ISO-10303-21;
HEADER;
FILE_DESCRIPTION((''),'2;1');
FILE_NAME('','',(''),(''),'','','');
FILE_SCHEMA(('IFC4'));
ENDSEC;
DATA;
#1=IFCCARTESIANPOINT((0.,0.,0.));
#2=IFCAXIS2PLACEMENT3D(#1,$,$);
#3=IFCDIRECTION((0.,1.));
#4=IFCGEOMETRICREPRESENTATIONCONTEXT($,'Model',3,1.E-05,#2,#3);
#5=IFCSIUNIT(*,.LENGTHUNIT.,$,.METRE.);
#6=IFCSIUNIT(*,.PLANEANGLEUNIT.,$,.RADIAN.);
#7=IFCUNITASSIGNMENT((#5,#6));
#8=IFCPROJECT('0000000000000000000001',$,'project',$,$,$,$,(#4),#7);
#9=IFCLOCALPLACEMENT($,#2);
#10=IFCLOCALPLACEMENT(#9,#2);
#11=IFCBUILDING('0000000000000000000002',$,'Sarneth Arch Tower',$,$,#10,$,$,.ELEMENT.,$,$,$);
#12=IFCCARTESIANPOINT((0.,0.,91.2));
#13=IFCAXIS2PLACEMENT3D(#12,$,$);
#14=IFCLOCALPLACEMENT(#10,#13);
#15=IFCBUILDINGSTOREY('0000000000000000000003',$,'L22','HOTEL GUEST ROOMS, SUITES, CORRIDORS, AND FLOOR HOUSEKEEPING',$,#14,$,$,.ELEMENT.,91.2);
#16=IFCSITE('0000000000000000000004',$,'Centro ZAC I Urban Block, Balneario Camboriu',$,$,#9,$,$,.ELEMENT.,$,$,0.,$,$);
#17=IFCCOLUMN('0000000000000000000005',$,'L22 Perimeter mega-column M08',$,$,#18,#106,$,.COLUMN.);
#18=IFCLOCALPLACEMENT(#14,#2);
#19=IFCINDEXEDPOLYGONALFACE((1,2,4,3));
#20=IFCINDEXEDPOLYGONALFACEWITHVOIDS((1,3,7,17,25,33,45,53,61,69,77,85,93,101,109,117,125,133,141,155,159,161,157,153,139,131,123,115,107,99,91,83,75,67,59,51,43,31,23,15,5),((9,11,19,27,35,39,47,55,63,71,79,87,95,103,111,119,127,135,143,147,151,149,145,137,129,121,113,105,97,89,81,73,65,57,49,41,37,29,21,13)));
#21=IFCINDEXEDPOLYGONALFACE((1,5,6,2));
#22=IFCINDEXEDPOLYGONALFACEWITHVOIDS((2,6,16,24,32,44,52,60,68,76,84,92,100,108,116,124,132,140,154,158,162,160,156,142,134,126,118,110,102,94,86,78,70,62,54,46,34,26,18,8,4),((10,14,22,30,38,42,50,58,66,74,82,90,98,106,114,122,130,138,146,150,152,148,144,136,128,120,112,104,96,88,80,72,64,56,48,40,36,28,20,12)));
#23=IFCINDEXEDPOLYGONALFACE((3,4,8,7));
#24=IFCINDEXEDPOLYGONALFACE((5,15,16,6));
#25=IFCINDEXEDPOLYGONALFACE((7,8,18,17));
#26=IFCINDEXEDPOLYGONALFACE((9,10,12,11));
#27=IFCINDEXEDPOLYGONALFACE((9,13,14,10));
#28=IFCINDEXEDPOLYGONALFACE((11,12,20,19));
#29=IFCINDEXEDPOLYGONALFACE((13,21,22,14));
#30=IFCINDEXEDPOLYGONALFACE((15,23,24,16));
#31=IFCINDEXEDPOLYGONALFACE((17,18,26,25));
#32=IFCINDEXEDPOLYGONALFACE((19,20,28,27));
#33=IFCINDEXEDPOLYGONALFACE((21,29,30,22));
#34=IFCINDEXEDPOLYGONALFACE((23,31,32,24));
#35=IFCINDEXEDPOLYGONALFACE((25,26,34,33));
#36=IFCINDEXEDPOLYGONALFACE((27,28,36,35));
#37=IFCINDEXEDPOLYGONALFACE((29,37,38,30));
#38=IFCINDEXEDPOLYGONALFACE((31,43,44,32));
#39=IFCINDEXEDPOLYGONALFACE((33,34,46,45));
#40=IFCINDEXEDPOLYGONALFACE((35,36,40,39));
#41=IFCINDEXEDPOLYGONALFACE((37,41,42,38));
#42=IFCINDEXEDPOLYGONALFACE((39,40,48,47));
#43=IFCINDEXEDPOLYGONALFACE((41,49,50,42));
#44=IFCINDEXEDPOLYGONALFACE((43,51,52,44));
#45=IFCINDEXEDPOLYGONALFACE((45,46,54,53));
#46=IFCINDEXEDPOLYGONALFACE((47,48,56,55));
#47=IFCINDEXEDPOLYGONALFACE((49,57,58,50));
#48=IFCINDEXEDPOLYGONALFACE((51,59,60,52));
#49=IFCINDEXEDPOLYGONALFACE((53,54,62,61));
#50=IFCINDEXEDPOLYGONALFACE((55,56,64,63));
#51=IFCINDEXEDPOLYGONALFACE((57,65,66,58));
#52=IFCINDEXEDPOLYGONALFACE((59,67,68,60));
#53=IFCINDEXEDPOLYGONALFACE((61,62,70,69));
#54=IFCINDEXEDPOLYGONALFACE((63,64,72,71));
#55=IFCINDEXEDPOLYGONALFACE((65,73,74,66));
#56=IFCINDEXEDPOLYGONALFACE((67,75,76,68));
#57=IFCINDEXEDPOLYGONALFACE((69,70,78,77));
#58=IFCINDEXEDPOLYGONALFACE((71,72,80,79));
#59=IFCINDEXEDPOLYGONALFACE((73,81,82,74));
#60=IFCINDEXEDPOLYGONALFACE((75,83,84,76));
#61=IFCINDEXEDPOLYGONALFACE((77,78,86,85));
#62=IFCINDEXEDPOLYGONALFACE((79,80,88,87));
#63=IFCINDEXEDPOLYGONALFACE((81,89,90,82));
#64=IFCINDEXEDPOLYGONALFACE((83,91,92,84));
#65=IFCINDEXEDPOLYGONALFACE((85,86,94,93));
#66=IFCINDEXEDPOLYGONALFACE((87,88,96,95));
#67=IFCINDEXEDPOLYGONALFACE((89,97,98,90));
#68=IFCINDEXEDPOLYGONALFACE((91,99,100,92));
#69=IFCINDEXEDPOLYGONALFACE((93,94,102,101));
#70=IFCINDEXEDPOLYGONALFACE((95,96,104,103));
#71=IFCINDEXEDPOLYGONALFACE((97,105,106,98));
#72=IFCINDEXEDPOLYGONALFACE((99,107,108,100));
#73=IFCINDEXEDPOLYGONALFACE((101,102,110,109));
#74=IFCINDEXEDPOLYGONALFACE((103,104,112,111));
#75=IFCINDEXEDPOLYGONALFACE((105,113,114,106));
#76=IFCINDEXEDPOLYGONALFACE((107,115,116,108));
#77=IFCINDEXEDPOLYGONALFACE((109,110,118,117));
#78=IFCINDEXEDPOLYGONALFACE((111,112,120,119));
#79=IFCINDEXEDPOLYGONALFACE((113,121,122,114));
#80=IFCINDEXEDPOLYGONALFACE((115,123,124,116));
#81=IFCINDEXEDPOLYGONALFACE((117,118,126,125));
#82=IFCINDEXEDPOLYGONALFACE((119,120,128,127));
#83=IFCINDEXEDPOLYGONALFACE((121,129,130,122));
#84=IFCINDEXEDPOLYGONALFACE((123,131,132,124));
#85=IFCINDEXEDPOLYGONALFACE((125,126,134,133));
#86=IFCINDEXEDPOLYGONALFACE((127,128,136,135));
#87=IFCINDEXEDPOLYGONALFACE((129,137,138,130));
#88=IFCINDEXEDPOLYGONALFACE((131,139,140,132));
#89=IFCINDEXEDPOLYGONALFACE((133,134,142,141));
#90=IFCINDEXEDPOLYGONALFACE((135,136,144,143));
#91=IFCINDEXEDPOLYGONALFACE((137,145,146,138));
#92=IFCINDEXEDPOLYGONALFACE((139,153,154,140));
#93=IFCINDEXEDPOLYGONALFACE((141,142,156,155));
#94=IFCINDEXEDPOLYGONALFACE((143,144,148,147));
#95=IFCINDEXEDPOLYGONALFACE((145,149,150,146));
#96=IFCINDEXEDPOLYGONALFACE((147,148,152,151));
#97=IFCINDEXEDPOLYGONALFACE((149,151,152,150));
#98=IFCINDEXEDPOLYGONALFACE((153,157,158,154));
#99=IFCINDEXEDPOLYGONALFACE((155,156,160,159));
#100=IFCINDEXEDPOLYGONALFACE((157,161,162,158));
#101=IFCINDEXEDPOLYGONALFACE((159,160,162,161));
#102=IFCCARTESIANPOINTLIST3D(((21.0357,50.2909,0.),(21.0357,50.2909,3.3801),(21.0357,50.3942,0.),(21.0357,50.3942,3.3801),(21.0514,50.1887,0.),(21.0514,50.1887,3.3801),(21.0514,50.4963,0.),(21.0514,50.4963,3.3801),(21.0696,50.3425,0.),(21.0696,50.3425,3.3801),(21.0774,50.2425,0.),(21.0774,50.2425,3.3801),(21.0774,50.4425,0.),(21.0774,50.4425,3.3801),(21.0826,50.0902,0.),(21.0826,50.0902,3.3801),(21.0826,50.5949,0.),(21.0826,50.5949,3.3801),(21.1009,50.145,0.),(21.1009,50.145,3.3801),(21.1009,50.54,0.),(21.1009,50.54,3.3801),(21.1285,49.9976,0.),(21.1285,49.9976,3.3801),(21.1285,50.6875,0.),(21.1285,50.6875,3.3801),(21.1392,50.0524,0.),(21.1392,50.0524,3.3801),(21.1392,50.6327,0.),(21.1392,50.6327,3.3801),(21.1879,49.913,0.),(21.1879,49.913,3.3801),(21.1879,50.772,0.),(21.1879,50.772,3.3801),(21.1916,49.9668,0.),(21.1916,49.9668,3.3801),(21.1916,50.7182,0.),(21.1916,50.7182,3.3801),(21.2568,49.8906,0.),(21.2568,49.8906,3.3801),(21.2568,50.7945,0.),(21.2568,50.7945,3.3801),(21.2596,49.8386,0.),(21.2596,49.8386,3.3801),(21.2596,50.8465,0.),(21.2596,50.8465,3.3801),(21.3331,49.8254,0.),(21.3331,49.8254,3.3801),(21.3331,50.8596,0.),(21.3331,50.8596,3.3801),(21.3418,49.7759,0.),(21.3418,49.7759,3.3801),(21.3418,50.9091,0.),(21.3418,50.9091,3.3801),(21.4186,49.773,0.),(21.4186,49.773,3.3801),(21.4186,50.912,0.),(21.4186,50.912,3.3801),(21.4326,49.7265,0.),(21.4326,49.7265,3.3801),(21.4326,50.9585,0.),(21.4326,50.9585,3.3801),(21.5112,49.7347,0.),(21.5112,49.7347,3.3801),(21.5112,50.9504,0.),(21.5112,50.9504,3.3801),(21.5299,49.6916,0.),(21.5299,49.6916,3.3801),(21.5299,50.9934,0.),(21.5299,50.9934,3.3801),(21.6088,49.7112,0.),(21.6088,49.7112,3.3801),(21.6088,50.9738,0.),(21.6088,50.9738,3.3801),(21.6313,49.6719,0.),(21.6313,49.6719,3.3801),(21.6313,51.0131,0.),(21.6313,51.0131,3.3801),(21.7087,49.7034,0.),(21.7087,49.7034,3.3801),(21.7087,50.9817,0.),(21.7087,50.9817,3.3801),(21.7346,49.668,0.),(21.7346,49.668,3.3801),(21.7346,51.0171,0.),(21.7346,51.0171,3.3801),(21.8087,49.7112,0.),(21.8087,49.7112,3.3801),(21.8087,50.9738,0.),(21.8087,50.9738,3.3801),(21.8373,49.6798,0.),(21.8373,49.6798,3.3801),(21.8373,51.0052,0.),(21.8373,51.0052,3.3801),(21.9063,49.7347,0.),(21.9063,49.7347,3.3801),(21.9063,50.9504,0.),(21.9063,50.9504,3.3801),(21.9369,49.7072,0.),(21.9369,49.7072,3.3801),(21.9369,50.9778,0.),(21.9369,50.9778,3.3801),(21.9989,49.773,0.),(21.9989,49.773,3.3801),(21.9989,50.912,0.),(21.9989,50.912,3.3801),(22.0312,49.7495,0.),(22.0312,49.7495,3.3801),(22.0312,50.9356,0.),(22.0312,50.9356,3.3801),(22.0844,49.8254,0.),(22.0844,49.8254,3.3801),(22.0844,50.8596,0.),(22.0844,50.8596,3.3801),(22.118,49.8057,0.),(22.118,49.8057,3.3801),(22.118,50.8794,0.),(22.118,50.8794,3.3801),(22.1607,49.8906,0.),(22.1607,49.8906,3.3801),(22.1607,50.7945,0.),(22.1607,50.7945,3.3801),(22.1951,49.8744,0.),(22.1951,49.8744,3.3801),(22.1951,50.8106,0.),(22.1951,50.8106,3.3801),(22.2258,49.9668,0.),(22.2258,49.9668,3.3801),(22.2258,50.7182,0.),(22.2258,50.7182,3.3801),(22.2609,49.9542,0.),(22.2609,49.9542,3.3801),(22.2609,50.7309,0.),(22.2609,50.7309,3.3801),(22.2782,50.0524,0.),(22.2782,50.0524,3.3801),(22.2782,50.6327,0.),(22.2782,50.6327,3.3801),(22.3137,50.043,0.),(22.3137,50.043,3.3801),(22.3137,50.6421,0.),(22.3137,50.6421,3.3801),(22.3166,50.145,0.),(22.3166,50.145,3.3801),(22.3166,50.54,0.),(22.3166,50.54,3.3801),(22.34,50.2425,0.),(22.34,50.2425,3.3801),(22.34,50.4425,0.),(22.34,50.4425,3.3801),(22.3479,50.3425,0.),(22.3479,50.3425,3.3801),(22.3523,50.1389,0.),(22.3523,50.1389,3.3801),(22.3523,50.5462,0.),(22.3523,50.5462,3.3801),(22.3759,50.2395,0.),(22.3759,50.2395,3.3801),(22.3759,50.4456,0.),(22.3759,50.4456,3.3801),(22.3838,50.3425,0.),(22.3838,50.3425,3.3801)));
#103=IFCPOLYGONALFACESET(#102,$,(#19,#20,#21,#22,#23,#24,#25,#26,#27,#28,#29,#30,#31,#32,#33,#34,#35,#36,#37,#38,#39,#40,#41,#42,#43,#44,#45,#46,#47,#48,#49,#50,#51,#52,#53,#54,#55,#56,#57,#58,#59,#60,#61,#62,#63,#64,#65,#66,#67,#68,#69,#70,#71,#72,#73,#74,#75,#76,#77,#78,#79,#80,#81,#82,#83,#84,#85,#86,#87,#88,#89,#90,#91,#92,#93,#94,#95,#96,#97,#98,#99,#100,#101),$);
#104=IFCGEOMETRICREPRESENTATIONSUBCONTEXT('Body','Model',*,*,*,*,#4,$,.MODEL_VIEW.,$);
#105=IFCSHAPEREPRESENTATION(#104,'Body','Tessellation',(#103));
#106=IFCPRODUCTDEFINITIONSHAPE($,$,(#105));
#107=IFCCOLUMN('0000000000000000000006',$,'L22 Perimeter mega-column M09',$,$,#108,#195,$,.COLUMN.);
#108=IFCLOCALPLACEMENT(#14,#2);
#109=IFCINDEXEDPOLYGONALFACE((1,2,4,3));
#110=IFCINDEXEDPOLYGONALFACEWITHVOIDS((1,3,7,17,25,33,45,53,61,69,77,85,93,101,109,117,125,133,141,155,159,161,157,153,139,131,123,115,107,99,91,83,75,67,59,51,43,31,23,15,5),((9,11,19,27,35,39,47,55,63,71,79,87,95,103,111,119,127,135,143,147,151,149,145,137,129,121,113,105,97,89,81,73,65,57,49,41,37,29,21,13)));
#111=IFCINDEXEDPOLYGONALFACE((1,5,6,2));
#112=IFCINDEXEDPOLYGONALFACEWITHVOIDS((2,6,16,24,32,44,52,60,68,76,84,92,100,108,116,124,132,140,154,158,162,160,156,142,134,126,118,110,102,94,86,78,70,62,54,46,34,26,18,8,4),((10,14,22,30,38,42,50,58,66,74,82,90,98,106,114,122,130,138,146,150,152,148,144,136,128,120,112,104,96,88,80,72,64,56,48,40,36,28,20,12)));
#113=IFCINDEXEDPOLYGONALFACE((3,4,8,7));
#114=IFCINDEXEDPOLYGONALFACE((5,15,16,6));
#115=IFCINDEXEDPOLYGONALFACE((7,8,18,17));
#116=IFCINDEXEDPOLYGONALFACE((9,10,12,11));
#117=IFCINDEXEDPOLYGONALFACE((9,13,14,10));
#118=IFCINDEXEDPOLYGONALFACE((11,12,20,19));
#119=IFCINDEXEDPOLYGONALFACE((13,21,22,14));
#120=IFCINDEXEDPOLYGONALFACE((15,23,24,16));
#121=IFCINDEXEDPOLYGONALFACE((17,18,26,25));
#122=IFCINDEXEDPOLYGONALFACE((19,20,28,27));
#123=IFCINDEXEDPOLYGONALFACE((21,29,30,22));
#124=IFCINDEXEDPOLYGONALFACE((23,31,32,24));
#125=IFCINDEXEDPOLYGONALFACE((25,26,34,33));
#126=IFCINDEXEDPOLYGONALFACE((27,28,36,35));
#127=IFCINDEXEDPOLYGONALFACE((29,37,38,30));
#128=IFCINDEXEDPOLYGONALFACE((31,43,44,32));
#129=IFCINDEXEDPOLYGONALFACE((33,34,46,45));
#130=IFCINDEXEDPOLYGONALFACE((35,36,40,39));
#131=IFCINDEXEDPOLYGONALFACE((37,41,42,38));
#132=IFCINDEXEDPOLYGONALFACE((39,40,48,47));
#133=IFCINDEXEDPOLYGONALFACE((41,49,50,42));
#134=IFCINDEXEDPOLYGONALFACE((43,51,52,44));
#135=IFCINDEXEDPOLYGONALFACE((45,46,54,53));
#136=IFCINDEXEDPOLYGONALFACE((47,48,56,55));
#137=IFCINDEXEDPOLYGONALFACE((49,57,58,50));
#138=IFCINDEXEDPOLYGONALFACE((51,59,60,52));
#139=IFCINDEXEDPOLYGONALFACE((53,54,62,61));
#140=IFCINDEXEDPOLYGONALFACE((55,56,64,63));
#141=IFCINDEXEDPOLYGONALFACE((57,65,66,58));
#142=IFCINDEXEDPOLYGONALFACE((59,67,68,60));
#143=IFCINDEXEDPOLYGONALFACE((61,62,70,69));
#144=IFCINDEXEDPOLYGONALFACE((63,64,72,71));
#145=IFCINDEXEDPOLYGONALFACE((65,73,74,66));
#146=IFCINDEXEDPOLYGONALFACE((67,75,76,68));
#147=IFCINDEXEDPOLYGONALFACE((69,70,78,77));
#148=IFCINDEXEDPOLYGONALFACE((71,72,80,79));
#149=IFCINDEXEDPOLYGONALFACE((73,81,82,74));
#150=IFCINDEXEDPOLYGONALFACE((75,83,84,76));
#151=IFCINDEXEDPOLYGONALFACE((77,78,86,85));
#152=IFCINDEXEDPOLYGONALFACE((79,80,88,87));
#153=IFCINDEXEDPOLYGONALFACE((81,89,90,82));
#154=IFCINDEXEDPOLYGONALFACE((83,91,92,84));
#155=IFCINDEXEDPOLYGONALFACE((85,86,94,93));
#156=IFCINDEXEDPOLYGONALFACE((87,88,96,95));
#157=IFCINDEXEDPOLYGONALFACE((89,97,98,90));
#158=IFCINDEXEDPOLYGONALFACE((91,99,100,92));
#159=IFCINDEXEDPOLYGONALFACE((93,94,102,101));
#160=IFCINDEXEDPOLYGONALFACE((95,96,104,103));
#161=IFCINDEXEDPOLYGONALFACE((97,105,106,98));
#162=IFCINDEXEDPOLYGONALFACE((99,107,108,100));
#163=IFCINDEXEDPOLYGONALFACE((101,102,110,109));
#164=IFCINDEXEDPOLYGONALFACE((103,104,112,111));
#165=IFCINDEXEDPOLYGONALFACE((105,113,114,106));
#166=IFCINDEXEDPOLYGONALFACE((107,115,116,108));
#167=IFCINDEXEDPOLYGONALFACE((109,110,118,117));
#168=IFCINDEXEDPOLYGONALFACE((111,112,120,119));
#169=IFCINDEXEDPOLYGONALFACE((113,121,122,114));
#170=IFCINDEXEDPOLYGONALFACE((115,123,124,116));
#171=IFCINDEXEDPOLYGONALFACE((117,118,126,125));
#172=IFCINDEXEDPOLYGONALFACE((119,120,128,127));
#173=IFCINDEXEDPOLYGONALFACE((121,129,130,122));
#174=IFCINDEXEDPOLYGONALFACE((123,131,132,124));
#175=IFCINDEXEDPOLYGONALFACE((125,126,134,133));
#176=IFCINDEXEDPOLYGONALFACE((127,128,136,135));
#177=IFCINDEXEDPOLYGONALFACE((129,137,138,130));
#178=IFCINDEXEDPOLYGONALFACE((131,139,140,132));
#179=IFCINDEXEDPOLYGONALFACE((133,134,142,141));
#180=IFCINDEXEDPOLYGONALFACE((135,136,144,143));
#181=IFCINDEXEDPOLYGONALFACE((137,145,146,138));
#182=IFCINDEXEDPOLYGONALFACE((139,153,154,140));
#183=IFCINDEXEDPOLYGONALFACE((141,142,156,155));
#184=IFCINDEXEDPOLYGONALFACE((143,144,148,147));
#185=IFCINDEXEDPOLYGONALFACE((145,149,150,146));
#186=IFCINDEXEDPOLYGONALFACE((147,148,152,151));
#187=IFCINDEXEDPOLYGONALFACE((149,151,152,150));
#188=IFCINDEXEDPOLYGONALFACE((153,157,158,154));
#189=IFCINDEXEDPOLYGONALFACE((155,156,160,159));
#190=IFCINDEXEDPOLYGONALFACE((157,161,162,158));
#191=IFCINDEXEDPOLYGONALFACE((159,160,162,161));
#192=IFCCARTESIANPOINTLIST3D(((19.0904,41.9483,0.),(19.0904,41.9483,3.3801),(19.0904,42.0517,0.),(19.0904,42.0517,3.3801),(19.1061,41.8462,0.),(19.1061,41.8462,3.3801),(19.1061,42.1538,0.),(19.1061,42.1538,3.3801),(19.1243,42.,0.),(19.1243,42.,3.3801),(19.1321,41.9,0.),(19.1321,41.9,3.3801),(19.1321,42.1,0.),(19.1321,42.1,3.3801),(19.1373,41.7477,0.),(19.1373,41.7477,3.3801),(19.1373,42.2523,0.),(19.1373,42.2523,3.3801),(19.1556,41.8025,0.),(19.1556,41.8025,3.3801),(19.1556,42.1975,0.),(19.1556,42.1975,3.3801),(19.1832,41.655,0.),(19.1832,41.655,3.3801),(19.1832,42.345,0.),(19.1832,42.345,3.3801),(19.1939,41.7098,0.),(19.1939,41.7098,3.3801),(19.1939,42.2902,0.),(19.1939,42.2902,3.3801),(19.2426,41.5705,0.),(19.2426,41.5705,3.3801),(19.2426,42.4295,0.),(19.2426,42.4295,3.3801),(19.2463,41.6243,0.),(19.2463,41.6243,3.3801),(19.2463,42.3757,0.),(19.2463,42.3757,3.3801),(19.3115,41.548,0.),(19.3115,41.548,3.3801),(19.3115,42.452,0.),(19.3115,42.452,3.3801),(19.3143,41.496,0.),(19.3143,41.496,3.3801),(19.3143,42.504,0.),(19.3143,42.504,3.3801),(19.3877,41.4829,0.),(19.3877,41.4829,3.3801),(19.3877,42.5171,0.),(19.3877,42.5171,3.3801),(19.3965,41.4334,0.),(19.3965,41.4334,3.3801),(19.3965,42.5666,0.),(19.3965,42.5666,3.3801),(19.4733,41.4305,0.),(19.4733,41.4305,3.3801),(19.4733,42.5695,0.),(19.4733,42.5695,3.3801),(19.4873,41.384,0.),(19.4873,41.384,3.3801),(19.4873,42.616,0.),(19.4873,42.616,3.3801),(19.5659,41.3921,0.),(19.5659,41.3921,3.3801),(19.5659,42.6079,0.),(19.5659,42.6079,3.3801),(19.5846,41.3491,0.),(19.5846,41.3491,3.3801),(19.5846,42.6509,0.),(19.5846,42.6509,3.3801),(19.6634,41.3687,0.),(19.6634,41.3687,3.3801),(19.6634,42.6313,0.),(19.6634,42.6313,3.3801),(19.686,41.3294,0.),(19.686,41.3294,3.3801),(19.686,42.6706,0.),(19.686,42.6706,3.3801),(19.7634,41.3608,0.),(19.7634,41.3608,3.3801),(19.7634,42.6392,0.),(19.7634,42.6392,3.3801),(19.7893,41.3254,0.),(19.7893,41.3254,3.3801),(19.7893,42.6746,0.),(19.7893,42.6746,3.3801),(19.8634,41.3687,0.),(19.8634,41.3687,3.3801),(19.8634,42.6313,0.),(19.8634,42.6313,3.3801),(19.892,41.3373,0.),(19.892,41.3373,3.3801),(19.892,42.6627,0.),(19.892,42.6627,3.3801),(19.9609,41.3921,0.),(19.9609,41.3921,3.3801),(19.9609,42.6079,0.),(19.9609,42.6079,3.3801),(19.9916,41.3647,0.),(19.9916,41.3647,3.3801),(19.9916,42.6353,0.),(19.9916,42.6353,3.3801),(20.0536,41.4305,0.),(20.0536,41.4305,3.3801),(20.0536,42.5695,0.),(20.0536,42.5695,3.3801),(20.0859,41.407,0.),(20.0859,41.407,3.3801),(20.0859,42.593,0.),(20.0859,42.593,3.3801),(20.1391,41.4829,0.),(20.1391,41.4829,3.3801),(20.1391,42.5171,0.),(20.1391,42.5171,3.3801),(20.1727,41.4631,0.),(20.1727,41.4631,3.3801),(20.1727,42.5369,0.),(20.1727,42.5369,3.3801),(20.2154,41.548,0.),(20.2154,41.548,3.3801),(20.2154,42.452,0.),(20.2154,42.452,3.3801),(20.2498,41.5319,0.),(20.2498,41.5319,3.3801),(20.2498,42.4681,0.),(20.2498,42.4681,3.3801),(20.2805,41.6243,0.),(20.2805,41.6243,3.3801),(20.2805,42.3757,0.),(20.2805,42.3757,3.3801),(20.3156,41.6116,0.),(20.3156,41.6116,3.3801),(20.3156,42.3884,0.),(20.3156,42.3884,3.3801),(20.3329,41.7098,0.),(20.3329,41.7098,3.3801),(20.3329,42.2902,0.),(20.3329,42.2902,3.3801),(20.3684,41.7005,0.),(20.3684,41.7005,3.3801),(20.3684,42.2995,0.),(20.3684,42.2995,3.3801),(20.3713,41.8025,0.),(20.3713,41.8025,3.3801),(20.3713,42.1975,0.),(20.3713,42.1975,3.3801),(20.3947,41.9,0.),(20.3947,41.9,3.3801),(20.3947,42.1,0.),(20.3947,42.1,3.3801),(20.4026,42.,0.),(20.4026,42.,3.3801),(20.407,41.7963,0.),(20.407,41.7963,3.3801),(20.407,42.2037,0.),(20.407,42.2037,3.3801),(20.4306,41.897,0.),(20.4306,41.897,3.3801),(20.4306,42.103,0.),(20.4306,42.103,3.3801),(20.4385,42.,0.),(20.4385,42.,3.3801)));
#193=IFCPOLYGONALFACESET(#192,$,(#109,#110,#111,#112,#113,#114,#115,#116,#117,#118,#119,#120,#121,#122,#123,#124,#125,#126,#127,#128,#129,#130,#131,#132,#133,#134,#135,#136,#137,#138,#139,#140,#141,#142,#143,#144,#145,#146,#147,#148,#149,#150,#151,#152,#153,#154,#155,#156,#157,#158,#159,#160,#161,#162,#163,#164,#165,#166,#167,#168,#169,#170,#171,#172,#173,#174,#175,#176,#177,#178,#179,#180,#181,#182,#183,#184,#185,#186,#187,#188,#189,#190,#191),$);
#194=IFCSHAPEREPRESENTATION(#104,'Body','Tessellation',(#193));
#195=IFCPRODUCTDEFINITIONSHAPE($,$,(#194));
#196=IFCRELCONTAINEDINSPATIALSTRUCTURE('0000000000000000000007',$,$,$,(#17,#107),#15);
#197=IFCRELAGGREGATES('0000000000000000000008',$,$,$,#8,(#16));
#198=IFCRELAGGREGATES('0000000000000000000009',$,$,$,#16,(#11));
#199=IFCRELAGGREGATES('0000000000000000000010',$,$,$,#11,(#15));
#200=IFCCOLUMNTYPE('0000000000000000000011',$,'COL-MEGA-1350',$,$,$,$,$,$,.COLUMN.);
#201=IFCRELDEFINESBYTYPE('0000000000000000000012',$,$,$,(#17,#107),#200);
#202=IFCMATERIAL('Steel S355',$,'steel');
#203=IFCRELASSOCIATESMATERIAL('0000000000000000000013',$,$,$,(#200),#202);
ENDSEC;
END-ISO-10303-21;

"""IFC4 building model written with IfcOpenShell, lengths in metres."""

from ifc_helpers import new_model, si_unit, direction, frame, origin, origin_2d, place, context, subcontext, project, spatial, hollow_circle, extrude, material, material_profile, profile_set, type_object, element, save


model = new_model("IFC4")

# Units and contexts
model_context = context("Model", 3, precision=1e-05, world=origin(), true_north=direction((0.0, 1.0)))
body_context = subcontext(model_context, "Body", "Model", "MODEL_VIEW")
ifc_project = project(units=[si_unit("LENGTHUNIT", "METRE"), si_unit("PLANEANGLEUNIT", "RADIAN")], contexts=[model_context])

# Site, building, storey
site_placement = place(None, origin())
site = spatial("IfcSite", under=ifc_project, at=site_placement, Name="Centro ZAC I Urban Block, Balneario Camboriu", CompositionType="ELEMENT", RefElevation=0.0)
building_placement = place(site_placement, origin())
building = spatial("IfcBuilding", under=site, at=building_placement, Name="Sarneth Arch Tower", CompositionType="ELEMENT")
storey_placement = place(building_placement, frame((0.0, 0.0, 91.2)))
storey = spatial("IfcBuildingStorey", under=building, at=storey_placement, Name="L22", Description="HOTEL GUEST ROOMS, SUITES, CORRIDORS, AND FLOOR HOUSEKEEPING", CompositionType="ELEMENT", Elevation=91.2)

# Columns
ifc_material_1 = material(Name="Steel S355", Category="steel")
ifc_material_profile_1 = material_profile(ifc_material_1, hollow_circle(Radius=0.675, WallThickness=0.0359, at=origin_2d()), Name="CHS1350x36")
ifc_profile_set_1 = profile_set([ifc_material_profile_1], Name="Steel S355")
column_type = type_object("IfcColumnType", Name="COL-MEGA-1350", PredefinedType="COLUMN", material=ifc_profile_set_1)
for number, where, z_axis, x_axis, name in (
    (1, (21.7087, 50.3425, 0.0), (0.0, 0.0, 1.0), (1.0, 0.0, 0.0), "L22 Perimeter mega-column M08"),
    (2, (19.7634, 42.0, 0.0), (0.0, 0.0, 1.0), (1.0, 0.0, 0.0), "L22 Perimeter mega-column M09"),
):
    element("IfcColumn", number, at=place(storey_placement, frame(where, z_axis=z_axis, x_axis=x_axis)), inside=storey, type_object=column_type, Name=name, PredefinedType="COLUMN", context=body_context, shape_type="SweptSolid", body=[
        extrude(hollow_circle(Radius=0.675, WallThickness=0.0359, at=origin_2d()), origin(), (0.0, 0.0, 1.0), 3.3801),
    ])

save(model, "model.ifc")
